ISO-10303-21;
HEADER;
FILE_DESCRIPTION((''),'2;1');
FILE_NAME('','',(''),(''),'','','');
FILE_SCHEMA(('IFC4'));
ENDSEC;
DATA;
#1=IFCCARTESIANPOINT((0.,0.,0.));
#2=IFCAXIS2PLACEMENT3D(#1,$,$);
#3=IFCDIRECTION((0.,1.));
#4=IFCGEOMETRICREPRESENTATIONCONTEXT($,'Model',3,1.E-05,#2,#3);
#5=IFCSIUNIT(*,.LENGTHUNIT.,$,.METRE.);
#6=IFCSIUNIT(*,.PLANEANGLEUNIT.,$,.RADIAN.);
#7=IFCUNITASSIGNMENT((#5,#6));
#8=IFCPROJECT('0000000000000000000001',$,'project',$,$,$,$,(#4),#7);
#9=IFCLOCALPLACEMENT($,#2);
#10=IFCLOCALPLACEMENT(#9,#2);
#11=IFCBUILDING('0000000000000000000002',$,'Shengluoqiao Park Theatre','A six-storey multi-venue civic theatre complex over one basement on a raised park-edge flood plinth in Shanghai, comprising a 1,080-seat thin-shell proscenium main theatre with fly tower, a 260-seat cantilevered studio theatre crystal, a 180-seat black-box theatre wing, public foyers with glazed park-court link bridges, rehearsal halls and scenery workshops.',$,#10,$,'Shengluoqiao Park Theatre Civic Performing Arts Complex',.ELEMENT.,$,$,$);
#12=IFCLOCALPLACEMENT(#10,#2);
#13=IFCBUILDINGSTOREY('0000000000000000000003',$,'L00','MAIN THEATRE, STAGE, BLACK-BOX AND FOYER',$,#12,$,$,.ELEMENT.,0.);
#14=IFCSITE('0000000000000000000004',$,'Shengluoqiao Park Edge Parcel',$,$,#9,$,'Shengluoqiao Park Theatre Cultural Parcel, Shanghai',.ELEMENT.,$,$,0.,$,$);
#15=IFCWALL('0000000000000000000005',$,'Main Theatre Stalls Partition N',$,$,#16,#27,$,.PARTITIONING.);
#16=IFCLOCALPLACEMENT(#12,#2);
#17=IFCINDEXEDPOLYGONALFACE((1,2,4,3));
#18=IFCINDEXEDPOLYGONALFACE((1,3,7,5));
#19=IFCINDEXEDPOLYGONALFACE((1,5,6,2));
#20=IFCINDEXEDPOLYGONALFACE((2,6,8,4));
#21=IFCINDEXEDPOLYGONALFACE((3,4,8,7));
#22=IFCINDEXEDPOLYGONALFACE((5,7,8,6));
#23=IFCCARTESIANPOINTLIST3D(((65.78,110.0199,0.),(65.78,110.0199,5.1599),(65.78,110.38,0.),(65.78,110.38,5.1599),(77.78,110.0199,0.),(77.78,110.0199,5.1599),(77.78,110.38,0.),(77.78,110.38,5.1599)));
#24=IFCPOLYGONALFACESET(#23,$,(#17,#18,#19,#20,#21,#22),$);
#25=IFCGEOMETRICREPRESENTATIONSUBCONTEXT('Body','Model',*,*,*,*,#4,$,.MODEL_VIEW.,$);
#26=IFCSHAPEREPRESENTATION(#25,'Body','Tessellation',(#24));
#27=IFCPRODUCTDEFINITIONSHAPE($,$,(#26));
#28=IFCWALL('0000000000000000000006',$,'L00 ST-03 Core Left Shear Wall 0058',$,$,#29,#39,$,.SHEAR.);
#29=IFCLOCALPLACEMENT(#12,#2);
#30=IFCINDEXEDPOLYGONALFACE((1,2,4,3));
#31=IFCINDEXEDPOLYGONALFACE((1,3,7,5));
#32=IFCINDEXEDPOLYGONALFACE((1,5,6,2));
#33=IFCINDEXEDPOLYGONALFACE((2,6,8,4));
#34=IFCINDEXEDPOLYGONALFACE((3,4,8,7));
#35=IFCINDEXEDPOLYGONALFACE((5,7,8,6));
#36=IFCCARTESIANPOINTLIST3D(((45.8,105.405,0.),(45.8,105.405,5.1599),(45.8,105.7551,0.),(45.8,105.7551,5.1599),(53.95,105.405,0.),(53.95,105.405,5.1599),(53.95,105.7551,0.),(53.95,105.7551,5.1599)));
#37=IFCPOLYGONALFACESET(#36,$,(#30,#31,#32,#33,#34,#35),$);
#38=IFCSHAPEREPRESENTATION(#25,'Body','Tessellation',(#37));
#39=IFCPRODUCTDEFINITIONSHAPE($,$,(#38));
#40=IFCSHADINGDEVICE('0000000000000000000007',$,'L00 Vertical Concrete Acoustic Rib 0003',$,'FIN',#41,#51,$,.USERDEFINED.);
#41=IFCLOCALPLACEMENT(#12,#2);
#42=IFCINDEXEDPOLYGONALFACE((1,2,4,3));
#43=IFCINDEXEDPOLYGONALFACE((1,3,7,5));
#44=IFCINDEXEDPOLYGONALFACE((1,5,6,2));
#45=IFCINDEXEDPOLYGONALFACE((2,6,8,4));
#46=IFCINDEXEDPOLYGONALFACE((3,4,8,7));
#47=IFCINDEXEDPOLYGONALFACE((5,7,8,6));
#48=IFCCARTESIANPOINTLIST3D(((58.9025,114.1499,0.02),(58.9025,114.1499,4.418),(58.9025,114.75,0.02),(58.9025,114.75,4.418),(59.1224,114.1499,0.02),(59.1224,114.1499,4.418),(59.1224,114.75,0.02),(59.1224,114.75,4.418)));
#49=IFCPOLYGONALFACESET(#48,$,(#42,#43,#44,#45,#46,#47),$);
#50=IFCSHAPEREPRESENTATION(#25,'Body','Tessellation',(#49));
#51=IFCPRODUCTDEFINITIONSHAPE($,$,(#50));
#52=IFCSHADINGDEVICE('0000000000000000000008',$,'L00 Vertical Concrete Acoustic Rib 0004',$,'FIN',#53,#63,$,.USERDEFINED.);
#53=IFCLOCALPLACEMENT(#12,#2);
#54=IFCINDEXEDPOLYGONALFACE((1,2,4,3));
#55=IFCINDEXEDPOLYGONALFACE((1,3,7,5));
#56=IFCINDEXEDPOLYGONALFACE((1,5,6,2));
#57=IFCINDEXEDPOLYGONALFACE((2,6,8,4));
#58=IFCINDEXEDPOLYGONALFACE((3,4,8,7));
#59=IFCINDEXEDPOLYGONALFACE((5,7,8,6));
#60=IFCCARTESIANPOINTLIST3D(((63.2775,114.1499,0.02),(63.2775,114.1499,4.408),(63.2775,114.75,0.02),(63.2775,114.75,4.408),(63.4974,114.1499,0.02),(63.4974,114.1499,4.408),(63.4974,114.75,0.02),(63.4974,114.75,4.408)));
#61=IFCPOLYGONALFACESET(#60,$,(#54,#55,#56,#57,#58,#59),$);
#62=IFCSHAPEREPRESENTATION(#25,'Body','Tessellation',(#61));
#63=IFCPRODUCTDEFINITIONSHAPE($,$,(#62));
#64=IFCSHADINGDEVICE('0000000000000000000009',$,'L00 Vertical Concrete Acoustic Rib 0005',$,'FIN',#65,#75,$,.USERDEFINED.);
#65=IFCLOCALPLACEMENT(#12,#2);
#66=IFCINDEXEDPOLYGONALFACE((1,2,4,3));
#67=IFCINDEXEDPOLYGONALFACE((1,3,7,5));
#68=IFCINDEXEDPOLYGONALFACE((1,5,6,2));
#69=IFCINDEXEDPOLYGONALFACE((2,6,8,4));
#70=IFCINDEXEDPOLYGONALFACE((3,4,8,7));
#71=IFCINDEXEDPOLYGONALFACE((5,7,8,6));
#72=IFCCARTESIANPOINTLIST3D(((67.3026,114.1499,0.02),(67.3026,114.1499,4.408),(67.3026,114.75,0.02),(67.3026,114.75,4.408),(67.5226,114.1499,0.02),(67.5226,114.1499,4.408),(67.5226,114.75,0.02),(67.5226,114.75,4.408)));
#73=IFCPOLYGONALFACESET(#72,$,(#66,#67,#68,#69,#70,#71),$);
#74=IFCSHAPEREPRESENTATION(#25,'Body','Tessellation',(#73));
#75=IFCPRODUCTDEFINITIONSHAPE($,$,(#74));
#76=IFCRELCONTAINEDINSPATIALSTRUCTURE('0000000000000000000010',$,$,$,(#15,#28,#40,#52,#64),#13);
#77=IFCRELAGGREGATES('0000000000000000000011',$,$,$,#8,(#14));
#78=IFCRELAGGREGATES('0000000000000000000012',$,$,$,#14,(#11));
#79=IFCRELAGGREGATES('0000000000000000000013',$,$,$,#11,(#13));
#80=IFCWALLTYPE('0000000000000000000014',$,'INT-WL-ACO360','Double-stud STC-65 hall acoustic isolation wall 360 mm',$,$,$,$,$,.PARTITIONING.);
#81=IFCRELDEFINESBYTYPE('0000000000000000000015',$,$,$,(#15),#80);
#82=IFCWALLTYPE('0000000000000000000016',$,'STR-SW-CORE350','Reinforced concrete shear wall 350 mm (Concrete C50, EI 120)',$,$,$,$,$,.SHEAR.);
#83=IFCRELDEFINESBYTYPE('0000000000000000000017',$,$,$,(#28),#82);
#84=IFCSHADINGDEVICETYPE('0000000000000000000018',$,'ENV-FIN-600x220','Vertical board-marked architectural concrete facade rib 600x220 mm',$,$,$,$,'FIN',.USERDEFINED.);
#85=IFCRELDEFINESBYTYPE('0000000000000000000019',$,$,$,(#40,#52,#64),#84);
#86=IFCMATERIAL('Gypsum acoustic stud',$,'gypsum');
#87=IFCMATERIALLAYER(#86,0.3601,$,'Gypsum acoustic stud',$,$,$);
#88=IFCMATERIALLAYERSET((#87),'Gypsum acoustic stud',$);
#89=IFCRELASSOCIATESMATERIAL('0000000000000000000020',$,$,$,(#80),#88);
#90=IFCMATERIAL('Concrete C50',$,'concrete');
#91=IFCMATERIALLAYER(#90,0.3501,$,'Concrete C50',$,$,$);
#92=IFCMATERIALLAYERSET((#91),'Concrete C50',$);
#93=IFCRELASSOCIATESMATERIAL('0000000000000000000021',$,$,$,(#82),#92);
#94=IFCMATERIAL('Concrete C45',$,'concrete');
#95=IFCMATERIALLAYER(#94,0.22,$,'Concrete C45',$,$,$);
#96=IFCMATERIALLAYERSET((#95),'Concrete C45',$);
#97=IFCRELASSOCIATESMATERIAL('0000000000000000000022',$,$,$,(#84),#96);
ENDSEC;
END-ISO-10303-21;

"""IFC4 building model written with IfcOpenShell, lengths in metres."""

from ifc_helpers import new_model, si_unit, direction, frame, frame_2d, origin, origin_2d, place, context, subcontext, project, spatial, rectangle, extrude, material, layer, layer_set, type_object, element, save


model = new_model("IFC4")

# Units and contexts
model_context = context("Model", 3, precision=1e-05, world=origin(), true_north=direction((0.0, 1.0)))
body_context = subcontext(model_context, "Body", "Model", "MODEL_VIEW")
ifc_project = project(units=[si_unit("LENGTHUNIT", "METRE"), si_unit("PLANEANGLEUNIT", "RADIAN")], contexts=[model_context])

# Site, building, storey
site_placement = place(None, origin())
site = spatial("IfcSite", under=ifc_project, at=site_placement, Name="Shengluoqiao Park Edge Parcel", LongName="Shengluoqiao Park Theatre Cultural Parcel, Shanghai", CompositionType="ELEMENT", RefElevation=0.0)
building_placement = place(site_placement, origin())
building = spatial("IfcBuilding", under=site, at=building_placement, Name="Shengluoqiao Park Theatre", Description="A six-storey multi-venue civic theatre complex over one basement on a raised park-edge flood plinth in Shanghai, comprising a 1,080-seat thin-shell proscenium main theatre with fly tower, a 260-seat cantilevered studio theatre crystal, a 180-seat black-box theatre wing, public foyers with glazed park-court link bridges, rehearsal halls and scenery workshops.", LongName="Shengluoqiao Park Theatre Civic Performing Arts Complex", CompositionType="ELEMENT")
storey_placement = place(building_placement, origin())
storey = spatial("IfcBuildingStorey", under=building, at=storey_placement, Name="L00", Description="MAIN THEATRE, STAGE, BLACK-BOX AND FOYER", CompositionType="ELEMENT", Elevation=0.0)

# Shared definitions
ifc_material_1 = material(Name="Concrete C50", Category="concrete")

# Shared definitions
ifc_material_2 = material(Name="Concrete C45", Category="concrete")

# Walls
ifc_material_3 = material(Name="Gypsum acoustic stud", Category="gypsum")
ifc_layer_1 = layer(ifc_material_3, 0.3601, Name="Gypsum acoustic stud")
ifc_layer_set_1 = layer_set([ifc_layer_1], Name="Gypsum acoustic stud")
wall_type_1 = type_object("IfcWallType", Name="INT-WL-ACO360", Description="Double-stud STC-65 hall acoustic isolation wall 360 mm", PredefinedType="PARTITIONING", material=ifc_layer_set_1)
wall_1_placement = place(storey_placement, frame((65.78, 110.2, 0.0), z_axis=(0.0, 0.0, 1.0), x_axis=(1.0, 0.0, 0.0)))
element("IfcWall", 1, at=wall_1_placement, inside=storey, type_object=wall_type_1, Name="Main Theatre Stalls Partition N", PredefinedType="PARTITIONING", context=body_context, shape_type="SweptSolid", body=[
    extrude(rectangle(XDim=12.0, YDim=0.3601, at=frame_2d((6.0, 0.0))), origin(), (0.0, 0.0, 1.0), 5.1599),
])
ifc_layer_2 = layer(ifc_material_1, 0.3501, Name="Concrete C50")
ifc_layer_set_2 = layer_set([ifc_layer_2], Name="Concrete C50")
wall_type_2 = type_object("IfcWallType", Name="STR-SW-CORE350", Description="Reinforced concrete shear wall 350 mm (Concrete C50, EI 120)", PredefinedType="SHEAR", material=ifc_layer_set_2)
wall_2_placement = place(storey_placement, frame((53.95, 105.5801, 0.0), z_axis=(0.0, 0.0, 1.0), x_axis=(-1.0, 0.0, 0.0)))
element("IfcWall", 2, at=wall_2_placement, inside=storey, type_object=wall_type_2, Name="L00 ST-03 Core Left Shear Wall 0058", PredefinedType="SHEAR", context=body_context, shape_type="SweptSolid", body=[
    extrude(rectangle(XDim=8.1499, YDim=0.3501, at=frame_2d((4.075, 0.0))), origin(), (0.0, 0.0, 1.0), 5.1599),
])

# Shading devices
ifc_layer_3 = layer(ifc_material_2, 0.22, Name="Concrete C45")
ifc_layer_set_3 = layer_set([ifc_layer_3], Name="Concrete C45")
shading_device_type = type_object("IfcShadingDeviceType", Name="ENV-FIN-600x220", Description="Vertical board-marked architectural concrete facade rib 600x220 mm", ElementType="FIN", PredefinedType="USERDEFINED", material=ifc_layer_set_3)
shading_device_placement = place(storey_placement, frame((59.0125, 114.45, 0.02), z_axis=(0.0, 0.0, 1.0), x_axis=(0.0, 1.0, 0.0)))
element("IfcShadingDevice", 3, at=shading_device_placement, inside=storey, type_object=shading_device_type, Name="L00 Vertical Concrete Acoustic Rib 0003", ObjectType="FIN", PredefinedType="USERDEFINED", context=body_context, shape_type="SweptSolid", body=[
    extrude(rectangle(XDim=0.6001, YDim=0.22, at=origin_2d()), origin(), (0.0, 0.0, 1.0), 4.3979),
])
for number, where, z_axis, x_axis, name in (
    (4, (63.3875, 114.45, 0.02), (0.0, 0.0, 1.0), (0.0, 1.0, 0.0), "L00 Vertical Concrete Acoustic Rib 0004"),
    (5, (67.4126, 114.45, 0.02), (0.0, 0.0, 1.0), (0.0, 1.0, 0.0), "L00 Vertical Concrete Acoustic Rib 0005"),
):
    element("IfcShadingDevice", number, at=place(storey_placement, frame(where, z_axis=z_axis, x_axis=x_axis)), inside=storey, type_object=shading_device_type, Name=name, ObjectType="FIN", PredefinedType="USERDEFINED", context=body_context, shape_type="SweptSolid", body=[
        extrude(rectangle(XDim=0.6001, YDim=0.22, at=origin_2d()), origin(), (0.0, 0.0, 1.0), 4.3879),
    ])

save(model, "model.ifc")
